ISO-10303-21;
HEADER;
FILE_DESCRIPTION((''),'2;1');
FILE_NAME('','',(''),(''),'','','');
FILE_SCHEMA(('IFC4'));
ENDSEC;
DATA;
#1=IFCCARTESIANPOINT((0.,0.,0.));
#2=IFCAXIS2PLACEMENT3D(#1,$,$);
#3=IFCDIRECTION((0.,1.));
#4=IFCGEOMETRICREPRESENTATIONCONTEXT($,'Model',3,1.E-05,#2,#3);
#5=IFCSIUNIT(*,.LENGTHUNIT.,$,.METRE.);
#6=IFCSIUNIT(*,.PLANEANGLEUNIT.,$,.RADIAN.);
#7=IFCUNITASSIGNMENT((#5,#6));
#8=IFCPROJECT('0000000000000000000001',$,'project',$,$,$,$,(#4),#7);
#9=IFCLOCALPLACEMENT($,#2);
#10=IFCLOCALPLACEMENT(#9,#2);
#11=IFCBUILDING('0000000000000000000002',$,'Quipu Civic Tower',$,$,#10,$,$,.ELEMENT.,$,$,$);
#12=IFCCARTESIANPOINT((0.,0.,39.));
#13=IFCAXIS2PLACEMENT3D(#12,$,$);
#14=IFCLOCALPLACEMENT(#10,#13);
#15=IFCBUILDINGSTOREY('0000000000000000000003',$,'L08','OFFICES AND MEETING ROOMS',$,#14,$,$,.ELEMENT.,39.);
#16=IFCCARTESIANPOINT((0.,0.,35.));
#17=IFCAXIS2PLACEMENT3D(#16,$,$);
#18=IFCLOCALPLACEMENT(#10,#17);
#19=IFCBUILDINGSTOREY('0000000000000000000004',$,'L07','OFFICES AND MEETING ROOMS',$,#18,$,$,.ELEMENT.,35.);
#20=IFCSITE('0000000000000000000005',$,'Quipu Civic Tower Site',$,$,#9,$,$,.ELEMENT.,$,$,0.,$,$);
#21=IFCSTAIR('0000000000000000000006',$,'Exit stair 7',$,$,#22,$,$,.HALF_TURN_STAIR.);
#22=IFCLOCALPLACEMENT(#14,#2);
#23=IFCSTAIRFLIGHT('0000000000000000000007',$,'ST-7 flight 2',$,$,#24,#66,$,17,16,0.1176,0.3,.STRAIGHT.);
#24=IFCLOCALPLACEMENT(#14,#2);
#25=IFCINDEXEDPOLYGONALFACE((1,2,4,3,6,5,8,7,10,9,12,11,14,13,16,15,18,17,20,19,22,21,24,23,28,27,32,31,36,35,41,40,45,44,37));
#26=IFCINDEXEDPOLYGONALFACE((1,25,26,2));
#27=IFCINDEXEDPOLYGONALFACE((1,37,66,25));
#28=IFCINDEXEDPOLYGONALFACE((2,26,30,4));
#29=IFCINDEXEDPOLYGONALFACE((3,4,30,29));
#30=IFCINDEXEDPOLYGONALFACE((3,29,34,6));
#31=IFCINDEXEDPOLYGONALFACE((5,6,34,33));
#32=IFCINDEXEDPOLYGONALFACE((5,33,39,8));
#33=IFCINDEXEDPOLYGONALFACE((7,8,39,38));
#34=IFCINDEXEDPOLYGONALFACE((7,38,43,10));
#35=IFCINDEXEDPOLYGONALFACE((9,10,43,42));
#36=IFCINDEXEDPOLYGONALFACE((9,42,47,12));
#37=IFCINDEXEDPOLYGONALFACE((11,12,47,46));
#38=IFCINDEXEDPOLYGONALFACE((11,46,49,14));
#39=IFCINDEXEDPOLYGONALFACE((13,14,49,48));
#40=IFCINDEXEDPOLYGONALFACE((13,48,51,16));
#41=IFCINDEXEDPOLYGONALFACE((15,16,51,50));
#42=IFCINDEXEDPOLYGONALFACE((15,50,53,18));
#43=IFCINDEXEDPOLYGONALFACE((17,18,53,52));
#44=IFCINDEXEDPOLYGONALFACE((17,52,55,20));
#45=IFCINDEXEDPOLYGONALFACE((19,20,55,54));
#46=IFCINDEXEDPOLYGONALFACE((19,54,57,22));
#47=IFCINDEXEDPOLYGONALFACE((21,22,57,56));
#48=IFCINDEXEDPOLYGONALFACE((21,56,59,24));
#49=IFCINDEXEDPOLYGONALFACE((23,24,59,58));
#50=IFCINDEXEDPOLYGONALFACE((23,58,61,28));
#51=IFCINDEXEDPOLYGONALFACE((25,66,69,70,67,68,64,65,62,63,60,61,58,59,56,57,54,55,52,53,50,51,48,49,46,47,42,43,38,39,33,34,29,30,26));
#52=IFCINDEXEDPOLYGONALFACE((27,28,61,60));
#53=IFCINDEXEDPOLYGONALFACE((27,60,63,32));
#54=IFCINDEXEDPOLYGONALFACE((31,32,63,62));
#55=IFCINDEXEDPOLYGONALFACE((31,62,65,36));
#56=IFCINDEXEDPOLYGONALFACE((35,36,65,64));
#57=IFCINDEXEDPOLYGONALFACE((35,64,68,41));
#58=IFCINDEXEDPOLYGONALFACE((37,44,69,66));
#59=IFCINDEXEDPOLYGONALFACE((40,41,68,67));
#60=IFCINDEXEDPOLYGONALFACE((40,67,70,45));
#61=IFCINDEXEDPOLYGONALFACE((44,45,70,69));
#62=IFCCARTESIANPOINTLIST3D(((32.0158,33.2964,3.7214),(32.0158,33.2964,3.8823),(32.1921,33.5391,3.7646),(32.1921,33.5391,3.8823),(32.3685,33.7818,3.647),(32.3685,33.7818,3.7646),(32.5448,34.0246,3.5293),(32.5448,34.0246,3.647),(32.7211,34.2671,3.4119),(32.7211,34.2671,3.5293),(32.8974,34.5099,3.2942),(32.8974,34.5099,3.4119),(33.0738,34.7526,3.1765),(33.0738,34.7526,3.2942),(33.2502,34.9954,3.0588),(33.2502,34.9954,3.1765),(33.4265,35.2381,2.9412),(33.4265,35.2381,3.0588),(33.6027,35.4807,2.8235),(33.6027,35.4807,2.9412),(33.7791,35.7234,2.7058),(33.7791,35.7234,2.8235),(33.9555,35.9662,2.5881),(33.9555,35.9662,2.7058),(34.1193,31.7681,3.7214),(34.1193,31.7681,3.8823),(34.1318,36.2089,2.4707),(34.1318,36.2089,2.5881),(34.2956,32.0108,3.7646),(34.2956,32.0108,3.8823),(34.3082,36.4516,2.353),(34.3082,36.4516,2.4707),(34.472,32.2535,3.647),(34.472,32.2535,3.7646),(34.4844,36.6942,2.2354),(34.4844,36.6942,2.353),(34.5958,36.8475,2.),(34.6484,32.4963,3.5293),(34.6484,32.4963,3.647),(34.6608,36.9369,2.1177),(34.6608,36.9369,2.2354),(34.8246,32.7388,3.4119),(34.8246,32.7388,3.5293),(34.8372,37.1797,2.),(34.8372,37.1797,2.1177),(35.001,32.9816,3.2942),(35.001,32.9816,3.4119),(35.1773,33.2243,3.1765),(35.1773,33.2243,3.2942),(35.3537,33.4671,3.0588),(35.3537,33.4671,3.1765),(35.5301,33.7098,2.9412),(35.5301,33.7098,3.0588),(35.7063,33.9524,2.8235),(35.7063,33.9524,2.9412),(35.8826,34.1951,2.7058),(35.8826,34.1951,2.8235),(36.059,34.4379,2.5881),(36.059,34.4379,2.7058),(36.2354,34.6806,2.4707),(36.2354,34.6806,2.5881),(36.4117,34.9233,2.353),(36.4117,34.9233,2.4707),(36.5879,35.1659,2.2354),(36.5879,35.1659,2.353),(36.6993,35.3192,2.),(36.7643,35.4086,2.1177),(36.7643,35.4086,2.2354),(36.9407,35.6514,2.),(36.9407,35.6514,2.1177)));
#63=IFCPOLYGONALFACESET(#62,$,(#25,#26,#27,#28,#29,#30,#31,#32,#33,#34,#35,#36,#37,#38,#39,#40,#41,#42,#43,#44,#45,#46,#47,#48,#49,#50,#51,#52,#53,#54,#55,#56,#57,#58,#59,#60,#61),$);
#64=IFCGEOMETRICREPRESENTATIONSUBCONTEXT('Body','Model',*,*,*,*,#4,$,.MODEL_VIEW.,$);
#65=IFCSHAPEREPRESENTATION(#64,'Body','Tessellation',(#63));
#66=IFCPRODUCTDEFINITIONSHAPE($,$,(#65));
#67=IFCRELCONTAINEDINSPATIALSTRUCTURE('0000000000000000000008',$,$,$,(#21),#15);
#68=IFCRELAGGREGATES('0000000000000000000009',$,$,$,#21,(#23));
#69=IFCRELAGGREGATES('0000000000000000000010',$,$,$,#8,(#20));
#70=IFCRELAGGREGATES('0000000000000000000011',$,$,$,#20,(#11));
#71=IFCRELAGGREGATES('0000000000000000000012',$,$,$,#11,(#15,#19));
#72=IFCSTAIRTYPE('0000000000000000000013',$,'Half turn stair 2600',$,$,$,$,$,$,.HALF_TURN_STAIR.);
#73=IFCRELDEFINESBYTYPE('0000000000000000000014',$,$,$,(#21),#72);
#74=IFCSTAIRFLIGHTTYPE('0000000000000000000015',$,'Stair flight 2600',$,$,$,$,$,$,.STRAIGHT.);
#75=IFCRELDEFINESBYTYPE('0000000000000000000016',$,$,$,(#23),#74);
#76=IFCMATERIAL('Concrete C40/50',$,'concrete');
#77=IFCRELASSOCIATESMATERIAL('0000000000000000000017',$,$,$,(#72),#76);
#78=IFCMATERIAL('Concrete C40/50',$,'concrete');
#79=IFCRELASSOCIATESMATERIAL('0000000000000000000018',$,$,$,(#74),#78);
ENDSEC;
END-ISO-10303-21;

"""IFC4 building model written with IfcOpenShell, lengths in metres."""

from ifc_helpers import new_model, si_unit, direction, frame, origin, place, context, subcontext, project, spatial, polyline, outline, extrude, material, type_object, element, aggregate, save


model = new_model("IFC4")

# Units and contexts
model_context = context("Model", 3, precision=1e-05, world=origin(), true_north=direction((0.0, 1.0)))
body_context = subcontext(model_context, "Body", "Model", "MODEL_VIEW")
ifc_project = project(units=[si_unit("LENGTHUNIT", "METRE"), si_unit("PLANEANGLEUNIT", "RADIAN")], contexts=[model_context])

# Site, building, storey
site_placement = place(None, origin())
site = spatial("IfcSite", under=ifc_project, at=site_placement, Name="Quipu Civic Tower Site", CompositionType="ELEMENT", RefElevation=0.0)
building_placement = place(site_placement, origin())
building = spatial("IfcBuilding", under=site, at=building_placement, Name="Quipu Civic Tower", CompositionType="ELEMENT")
storey_1_placement = place(building_placement, frame((0.0, 0.0, 39.0)))
storey_1 = spatial("IfcBuildingStorey", under=building, at=storey_1_placement, Name="L08", Description="OFFICES AND MEETING ROOMS", CompositionType="ELEMENT", Elevation=39.0)

# Shared definitions
storey_2_placement = place(building_placement, frame((0.0, 0.0, 35.0)))
storey_2 = spatial("IfcBuildingStorey", under=building, at=storey_2_placement, Name="L07", Description="OFFICES AND MEETING ROOMS", CompositionType="ELEMENT", Elevation=35.0)

# Stair, stair flight
ifc_material_1 = material(Name="Concrete C40/50", Category="concrete")
stair_type = type_object("IfcStairType", Name="Half turn stair 2600", PredefinedType="HALF_TURN_STAIR", material=ifc_material_1)
stair_placement = place(storey_1_placement, origin())
stair = element("IfcStair", 1, at=stair_placement, inside=storey_1, type_object=stair_type, Name="Exit stair 7", PredefinedType="HALF_TURN_STAIR")
ifc_material_2 = material(Name="Concrete C40/50", Category="concrete")
stair_flight_type = type_object("IfcStairFlightType", Name="Stair flight 2600", PredefinedType="STRAIGHT", material=ifc_material_2)
stair_flight_1_placement = place(storey_1_placement, frame((35.8889, 36.4155, 2.0), z_axis=(0.0, 0.0, 1.0), x_axis=(-0.587785, -0.809017, 0.0)))
stair_flight_1 = element("IfcStairFlight", 2, at=stair_flight_1_placement, type_object=stair_flight_type, Name="ST-7 flight 2", NumberOfRisers=17, NumberOfTreads=16, PredefinedType="STRAIGHT", RiserHeight=0.1176, TreadLength=0.3, context=body_context, shape_type="SweptSolid", body=[
    extrude(outline(polyline([(0.0, 0.0), (0.0, 0.1177), (0.3, 0.1177), (0.3, 0.2354), (0.6001, 0.2354), (0.6001, 0.353), (0.8999, 0.353), (0.8999, 0.4707), (1.2, 0.4707), (1.2, 0.5881), (1.5, 0.5881), (1.5, 0.7058), (1.8, 0.7058), (1.8, 0.8235), (2.1001, 0.8235), (2.1001, 0.9412), (2.3999, 0.9412), (2.3999, 1.0588), (2.7, 1.0588), (2.7, 1.1765), (3.0, 1.1765), (3.0, 1.2942), (3.3, 1.2942), (3.3, 1.4119), (3.6001, 1.4119), (3.6001, 1.5293), (3.8999, 1.5293), (3.8999, 1.647), (4.2, 1.647), (4.2, 1.7646), (4.5, 1.7646), (4.5, 1.8823), (4.8, 1.8823), (4.8, 2.0), (4.8, 1.7214), (0.4106, 0.0), (0.0, 0.0)])), frame((0.0, 1.3, 0.0), z_axis=(0.0, -1.0, 0.0), x_axis=(1.0, 0.0, 0.0)), (0.0, 0.0, 1.0), 2.6001),
])
aggregate(stair, [stair_flight_1])

save(model, "model.ifc")
